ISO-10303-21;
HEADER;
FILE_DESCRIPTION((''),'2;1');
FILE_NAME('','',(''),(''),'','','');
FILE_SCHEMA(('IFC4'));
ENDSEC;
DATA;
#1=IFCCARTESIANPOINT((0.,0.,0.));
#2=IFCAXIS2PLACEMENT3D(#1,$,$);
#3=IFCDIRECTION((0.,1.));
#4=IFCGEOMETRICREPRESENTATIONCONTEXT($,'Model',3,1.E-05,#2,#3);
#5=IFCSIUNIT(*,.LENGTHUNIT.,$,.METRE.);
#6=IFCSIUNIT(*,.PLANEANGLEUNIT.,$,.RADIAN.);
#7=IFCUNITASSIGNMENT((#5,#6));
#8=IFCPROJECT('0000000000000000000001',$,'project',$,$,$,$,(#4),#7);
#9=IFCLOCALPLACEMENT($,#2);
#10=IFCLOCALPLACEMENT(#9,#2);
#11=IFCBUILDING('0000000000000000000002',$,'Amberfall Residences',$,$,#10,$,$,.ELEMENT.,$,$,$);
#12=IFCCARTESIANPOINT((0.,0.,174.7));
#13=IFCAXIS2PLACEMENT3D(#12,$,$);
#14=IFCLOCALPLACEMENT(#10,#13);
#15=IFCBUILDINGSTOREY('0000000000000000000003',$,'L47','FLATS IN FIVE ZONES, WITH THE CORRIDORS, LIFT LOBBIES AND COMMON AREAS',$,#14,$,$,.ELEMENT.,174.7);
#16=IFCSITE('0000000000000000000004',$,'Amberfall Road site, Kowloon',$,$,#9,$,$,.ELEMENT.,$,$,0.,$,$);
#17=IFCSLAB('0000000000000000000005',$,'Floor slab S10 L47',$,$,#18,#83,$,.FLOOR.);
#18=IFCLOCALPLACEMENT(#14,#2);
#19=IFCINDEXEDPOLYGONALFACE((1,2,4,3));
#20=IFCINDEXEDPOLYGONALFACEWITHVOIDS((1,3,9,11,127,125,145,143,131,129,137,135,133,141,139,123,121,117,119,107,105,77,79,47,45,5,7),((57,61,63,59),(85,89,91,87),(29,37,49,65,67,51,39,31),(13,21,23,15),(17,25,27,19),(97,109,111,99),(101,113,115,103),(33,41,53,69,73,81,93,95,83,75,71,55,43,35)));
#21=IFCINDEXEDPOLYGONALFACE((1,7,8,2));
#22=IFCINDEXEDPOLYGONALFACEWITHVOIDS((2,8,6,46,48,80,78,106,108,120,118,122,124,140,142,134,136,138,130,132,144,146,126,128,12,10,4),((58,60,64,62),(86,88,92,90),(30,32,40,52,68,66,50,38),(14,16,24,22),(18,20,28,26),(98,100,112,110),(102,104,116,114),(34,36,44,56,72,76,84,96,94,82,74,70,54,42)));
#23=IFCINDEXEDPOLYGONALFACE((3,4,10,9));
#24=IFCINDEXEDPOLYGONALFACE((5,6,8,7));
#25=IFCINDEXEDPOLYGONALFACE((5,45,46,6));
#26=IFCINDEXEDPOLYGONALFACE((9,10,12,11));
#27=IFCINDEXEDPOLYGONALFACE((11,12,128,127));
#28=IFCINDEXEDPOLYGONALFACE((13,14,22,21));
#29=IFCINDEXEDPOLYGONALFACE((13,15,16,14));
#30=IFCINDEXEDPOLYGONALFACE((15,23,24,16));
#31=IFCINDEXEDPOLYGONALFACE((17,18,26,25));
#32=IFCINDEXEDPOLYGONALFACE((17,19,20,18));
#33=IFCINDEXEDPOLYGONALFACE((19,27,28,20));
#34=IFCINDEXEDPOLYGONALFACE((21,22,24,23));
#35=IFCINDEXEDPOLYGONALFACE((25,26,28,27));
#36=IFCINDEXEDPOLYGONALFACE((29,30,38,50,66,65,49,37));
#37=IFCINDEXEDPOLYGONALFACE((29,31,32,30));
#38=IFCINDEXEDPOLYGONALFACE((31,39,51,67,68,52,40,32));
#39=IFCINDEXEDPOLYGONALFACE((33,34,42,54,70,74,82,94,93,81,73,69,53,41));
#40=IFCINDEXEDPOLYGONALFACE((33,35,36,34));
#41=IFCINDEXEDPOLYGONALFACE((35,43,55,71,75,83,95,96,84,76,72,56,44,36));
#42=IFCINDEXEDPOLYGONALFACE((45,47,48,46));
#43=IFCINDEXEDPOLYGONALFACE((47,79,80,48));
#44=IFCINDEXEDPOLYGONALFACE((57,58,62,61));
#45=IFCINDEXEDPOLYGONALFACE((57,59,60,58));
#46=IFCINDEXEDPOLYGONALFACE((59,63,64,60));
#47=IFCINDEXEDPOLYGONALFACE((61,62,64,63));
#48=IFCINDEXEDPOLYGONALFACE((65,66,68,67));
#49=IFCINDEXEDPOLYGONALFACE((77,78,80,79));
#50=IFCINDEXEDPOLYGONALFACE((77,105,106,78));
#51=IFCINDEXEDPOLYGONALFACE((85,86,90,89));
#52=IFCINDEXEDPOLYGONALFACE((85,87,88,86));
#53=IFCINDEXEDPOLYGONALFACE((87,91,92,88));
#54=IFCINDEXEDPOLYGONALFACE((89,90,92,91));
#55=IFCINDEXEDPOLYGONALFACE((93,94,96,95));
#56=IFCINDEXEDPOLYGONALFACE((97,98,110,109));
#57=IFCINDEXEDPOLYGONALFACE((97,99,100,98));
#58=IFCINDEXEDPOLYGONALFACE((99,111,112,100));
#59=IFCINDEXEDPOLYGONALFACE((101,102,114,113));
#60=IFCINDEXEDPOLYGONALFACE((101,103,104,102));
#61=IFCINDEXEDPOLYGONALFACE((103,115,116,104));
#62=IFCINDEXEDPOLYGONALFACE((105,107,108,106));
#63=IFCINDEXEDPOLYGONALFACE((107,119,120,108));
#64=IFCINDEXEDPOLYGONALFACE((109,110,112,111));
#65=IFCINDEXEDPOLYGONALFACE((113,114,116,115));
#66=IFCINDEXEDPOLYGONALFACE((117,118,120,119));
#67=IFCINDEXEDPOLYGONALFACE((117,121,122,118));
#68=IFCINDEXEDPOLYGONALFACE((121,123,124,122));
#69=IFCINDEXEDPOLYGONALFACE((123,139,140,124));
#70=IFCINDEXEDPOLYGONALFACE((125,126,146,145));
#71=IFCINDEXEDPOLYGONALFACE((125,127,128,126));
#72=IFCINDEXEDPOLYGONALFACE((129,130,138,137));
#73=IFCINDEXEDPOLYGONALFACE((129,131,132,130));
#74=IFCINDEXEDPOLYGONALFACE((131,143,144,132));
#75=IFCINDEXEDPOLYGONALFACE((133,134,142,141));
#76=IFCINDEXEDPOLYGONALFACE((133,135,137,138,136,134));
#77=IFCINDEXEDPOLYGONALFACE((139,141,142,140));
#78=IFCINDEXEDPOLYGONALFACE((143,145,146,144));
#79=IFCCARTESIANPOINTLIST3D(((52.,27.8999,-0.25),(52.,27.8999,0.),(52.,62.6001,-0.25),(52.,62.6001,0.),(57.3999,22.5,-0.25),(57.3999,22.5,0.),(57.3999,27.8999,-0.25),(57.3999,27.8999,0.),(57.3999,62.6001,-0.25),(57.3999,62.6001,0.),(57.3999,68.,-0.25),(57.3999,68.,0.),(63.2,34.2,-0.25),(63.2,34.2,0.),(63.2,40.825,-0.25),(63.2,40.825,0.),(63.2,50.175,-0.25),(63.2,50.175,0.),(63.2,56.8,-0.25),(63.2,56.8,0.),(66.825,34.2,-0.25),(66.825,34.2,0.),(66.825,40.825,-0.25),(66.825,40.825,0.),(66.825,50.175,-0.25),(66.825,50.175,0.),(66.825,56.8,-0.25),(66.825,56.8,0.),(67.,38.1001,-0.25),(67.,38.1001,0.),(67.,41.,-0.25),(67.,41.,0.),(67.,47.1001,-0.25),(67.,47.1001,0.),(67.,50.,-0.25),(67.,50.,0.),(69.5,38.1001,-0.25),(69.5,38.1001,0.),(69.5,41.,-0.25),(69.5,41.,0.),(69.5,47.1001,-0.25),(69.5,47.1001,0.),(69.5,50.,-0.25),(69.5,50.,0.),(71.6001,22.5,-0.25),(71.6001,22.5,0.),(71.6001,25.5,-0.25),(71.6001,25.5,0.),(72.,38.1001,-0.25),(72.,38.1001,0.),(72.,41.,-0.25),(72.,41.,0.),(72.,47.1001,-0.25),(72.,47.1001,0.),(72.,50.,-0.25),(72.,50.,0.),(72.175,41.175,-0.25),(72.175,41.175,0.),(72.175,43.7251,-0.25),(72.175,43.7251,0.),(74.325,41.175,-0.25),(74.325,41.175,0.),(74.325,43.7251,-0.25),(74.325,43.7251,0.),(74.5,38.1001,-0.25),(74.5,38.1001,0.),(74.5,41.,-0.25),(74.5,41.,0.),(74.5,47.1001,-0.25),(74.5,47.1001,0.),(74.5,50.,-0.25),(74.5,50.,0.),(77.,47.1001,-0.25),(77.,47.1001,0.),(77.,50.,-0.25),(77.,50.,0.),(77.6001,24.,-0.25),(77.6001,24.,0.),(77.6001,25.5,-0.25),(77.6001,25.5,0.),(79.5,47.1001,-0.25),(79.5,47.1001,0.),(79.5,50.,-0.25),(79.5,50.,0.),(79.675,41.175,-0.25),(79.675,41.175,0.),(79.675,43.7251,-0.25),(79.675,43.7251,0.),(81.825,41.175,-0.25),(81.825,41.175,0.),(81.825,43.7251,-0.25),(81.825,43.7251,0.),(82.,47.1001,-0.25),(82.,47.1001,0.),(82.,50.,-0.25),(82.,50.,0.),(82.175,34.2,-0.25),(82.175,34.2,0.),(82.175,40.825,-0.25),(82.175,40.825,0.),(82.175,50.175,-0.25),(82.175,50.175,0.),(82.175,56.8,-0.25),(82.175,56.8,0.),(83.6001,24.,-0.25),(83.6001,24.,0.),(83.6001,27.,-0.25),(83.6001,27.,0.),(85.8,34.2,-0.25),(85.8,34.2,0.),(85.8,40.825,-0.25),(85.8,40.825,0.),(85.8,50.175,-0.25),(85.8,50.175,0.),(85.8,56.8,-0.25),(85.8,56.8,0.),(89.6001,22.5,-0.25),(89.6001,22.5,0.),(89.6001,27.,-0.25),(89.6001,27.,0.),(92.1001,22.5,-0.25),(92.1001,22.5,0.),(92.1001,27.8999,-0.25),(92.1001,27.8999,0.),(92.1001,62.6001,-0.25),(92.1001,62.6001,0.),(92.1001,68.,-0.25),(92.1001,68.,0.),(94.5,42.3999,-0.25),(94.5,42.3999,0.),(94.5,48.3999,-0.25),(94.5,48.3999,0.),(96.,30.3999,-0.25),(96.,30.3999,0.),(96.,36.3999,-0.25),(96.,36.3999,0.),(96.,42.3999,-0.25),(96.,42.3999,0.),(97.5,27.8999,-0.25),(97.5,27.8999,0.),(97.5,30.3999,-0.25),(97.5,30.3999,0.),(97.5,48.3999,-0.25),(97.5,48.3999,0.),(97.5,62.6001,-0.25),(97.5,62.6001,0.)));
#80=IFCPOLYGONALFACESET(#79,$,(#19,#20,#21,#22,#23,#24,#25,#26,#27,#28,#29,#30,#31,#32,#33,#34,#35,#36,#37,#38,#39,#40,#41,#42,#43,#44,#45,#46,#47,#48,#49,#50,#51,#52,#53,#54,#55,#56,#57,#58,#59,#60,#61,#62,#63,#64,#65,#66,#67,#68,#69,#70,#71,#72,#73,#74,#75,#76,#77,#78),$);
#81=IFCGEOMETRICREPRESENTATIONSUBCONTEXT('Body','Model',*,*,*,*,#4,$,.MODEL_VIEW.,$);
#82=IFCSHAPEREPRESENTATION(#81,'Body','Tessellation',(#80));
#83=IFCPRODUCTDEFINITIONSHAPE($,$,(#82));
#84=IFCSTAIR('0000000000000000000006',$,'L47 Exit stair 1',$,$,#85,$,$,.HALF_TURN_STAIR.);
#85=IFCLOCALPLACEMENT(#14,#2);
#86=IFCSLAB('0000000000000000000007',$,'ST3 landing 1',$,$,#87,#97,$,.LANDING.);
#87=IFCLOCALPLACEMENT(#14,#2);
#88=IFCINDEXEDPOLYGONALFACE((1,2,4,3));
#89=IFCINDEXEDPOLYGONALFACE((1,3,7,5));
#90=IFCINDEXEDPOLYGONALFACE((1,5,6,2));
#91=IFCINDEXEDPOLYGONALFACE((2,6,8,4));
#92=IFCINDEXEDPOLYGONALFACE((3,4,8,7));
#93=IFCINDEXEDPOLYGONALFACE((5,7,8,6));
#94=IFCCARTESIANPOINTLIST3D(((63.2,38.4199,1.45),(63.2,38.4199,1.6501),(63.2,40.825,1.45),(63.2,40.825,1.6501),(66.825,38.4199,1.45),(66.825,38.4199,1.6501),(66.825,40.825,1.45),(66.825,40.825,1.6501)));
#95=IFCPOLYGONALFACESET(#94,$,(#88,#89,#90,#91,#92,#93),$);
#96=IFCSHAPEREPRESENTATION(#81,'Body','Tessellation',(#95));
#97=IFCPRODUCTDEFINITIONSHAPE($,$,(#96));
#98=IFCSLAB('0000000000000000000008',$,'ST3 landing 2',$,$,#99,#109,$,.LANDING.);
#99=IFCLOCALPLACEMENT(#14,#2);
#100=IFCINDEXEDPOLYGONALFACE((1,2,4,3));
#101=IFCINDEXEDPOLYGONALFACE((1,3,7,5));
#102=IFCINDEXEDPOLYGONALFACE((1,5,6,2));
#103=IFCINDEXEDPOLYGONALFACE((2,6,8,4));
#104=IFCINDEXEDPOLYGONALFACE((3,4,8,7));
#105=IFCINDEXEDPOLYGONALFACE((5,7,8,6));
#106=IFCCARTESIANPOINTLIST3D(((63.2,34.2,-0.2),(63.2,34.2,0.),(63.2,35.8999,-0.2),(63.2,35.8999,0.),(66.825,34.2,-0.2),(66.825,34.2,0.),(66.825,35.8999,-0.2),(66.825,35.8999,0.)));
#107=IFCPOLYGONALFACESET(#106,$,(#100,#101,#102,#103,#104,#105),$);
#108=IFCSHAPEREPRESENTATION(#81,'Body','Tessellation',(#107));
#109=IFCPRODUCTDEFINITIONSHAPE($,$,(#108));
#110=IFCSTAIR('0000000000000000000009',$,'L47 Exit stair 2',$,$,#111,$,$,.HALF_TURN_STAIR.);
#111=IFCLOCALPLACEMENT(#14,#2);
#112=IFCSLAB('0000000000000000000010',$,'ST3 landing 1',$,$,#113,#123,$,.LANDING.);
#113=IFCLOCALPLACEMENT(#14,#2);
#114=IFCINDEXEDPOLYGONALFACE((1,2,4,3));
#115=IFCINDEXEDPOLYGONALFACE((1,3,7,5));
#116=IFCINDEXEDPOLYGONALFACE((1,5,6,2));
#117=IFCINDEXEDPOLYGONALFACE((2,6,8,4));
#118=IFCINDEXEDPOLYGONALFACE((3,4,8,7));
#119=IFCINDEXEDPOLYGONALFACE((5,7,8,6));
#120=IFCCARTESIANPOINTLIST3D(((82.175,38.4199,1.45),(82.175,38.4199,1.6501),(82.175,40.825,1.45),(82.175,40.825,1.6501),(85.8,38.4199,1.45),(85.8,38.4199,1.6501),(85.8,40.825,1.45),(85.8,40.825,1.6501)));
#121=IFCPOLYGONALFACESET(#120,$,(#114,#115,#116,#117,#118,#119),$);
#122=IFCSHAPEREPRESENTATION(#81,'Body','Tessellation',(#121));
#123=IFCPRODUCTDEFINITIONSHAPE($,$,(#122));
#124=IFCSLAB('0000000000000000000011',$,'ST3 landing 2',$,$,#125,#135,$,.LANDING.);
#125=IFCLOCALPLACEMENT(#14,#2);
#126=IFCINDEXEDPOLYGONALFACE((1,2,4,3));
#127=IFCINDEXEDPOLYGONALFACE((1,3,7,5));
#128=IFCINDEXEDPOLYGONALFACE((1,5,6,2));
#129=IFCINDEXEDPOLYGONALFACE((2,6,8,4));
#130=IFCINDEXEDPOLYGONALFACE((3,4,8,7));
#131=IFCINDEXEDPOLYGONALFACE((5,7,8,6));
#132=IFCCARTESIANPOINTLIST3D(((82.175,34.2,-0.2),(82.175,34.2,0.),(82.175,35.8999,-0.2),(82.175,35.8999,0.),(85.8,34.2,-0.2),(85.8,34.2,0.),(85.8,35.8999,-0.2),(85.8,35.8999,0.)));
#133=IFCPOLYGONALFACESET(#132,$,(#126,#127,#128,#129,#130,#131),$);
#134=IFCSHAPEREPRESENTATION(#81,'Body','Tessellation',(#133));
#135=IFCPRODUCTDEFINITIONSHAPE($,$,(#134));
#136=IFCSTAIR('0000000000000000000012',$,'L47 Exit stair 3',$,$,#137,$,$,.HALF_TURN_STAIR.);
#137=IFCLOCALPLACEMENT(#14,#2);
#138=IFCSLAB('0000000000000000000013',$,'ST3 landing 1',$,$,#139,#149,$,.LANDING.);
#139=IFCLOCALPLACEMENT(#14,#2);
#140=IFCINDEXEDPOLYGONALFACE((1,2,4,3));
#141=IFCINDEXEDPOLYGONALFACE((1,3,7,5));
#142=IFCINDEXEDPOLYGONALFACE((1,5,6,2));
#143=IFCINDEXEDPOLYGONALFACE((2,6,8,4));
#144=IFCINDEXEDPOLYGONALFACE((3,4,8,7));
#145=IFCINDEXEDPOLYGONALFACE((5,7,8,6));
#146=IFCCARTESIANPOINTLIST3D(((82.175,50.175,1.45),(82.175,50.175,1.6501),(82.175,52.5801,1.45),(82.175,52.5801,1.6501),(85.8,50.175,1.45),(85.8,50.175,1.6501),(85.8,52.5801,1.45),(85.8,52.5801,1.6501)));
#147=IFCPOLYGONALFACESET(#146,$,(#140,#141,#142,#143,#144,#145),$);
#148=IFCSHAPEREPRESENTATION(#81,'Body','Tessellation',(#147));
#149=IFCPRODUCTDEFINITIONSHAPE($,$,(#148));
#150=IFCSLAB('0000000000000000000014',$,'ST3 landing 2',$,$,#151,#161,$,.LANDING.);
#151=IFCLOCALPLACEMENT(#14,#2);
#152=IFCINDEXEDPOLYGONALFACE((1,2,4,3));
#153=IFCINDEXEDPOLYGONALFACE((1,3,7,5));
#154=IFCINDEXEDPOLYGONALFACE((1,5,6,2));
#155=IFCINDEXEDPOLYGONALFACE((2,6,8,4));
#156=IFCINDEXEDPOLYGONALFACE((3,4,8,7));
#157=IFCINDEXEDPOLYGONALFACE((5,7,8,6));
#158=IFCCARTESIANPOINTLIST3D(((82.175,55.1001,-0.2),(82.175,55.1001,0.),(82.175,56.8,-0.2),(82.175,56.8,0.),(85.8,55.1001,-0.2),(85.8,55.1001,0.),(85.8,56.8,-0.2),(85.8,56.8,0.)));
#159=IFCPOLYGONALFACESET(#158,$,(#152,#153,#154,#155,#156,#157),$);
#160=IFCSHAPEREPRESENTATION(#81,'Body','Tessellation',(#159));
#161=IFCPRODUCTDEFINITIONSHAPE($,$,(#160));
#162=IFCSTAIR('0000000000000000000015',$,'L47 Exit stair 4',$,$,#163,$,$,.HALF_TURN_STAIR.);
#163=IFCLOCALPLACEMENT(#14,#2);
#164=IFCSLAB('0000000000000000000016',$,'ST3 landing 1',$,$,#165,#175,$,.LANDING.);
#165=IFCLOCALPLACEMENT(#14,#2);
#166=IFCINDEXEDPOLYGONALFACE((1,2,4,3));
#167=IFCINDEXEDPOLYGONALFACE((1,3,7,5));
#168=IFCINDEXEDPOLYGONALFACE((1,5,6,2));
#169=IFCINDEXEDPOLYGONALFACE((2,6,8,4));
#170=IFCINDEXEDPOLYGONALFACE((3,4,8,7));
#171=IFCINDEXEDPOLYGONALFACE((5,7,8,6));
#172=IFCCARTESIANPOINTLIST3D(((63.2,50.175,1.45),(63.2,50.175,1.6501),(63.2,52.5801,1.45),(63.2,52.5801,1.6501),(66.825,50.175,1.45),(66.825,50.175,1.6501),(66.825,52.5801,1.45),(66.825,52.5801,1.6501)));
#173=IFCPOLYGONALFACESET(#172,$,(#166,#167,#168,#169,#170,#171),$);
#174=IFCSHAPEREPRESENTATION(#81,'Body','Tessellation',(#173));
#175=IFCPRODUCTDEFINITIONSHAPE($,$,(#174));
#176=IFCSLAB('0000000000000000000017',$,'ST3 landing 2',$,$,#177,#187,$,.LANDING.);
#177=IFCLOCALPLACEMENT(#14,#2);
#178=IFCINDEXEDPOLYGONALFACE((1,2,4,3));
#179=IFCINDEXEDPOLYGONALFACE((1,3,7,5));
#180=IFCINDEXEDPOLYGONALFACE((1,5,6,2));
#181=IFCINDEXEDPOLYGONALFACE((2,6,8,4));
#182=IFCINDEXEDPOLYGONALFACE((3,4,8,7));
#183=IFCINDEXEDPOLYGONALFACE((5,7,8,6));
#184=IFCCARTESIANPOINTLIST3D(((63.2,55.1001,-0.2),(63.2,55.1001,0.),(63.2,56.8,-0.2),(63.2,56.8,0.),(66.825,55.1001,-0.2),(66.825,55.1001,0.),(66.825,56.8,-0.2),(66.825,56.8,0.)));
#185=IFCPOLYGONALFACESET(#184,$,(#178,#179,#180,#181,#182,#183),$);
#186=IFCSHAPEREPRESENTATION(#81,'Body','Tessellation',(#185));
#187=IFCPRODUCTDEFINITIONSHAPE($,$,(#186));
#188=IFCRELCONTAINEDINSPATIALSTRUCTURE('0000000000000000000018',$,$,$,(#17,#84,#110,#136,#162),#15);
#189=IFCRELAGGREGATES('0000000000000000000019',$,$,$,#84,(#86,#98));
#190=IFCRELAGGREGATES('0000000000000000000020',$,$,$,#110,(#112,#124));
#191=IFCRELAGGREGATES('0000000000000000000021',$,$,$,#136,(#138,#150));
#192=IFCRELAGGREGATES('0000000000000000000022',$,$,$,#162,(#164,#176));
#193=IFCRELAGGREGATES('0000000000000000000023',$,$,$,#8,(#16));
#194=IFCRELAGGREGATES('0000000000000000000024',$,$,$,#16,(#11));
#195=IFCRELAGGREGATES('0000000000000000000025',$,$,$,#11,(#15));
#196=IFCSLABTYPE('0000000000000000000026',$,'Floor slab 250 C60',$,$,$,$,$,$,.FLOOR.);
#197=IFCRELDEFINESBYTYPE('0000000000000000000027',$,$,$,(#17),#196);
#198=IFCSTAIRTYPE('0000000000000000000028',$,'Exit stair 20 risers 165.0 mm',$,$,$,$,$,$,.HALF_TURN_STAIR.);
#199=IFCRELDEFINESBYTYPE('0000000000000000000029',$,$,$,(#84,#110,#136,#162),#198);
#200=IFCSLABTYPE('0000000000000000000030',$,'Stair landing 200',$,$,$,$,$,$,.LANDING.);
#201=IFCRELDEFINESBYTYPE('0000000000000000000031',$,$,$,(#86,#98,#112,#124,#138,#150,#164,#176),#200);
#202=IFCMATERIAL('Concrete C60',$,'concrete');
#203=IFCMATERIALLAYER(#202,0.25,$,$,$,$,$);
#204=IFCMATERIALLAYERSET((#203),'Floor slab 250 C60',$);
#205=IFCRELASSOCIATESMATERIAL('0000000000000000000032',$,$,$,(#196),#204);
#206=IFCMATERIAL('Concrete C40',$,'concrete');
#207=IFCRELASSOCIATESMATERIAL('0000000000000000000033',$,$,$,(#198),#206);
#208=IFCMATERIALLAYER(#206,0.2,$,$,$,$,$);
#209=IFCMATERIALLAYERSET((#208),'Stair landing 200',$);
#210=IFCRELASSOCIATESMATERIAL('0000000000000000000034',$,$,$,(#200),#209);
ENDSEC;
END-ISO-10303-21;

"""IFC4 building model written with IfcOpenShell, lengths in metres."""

from ifc_helpers import new_model, si_unit, direction, frame, origin, place, context, subcontext, project, spatial, polyline, outline, extrude, material, layer, layer_set, type_object, element, aggregate, save


model = new_model("IFC4")

# Units and contexts
model_context = context("Model", 3, precision=1e-05, world=origin(), true_north=direction((0.0, 1.0)))
body_context = subcontext(model_context, "Body", "Model", "MODEL_VIEW")
ifc_project = project(units=[si_unit("LENGTHUNIT", "METRE"), si_unit("PLANEANGLEUNIT", "RADIAN")], contexts=[model_context])

# Site, building, storey
site_placement = place(None, origin())
site = spatial("IfcSite", under=ifc_project, at=site_placement, Name="Amberfall Road site, Kowloon", CompositionType="ELEMENT", RefElevation=0.0)
building_placement = place(site_placement, origin())
building = spatial("IfcBuilding", under=site, at=building_placement, Name="Amberfall Residences", CompositionType="ELEMENT")
storey_placement = place(building_placement, frame((0.0, 0.0, 174.7)))
storey = spatial("IfcBuildingStorey", under=building, at=storey_placement, Name="L47", Description="FLATS IN FIVE ZONES, WITH THE CORRIDORS, LIFT LOBBIES AND COMMON AREAS", CompositionType="ELEMENT", Elevation=174.7)

# Slab
ifc_material_1 = material(Name="Concrete C60", Category="concrete")
ifc_layer_1 = layer(ifc_material_1, 0.25)
ifc_layer_set_1 = layer_set([ifc_layer_1], Name="Floor slab 250 C60")
slab_type_1 = type_object("IfcSlabType", Name="Floor slab 250 C60", PredefinedType="FLOOR", material=ifc_layer_set_1)
slab_1_placement = place(storey_placement, frame((0.0, 0.0, -0.25)))
element("IfcSlab", 1, at=slab_1_placement, inside=storey, type_object=slab_type_1, Name="Floor slab S10 L47", PredefinedType="FLOOR", context=body_context, shape_type="SweptSolid", body=[
    extrude(outline(polyline([(89.6001, 22.5), (89.6001, 27.0), (83.6001, 27.0), (83.6001, 24.0), (77.6001, 24.0), (77.6001, 25.5), (71.6001, 25.5), (71.6001, 22.5), (57.3999, 22.5), (57.3999, 27.8999), (52.0, 27.8999), (52.0, 62.6001), (57.3999, 62.6001), (57.3999, 68.0), (92.1001, 68.0), (92.1001, 62.6001), (97.5, 62.6001), (97.5, 48.3999), (94.5, 48.3999), (94.5, 42.3999), (96.0, 42.3999), (96.0, 36.3999), (96.0, 30.3999), (97.5, 30.3999), (97.5, 27.8999), (92.1001, 27.8999), (92.1001, 22.5), (89.6001, 22.5)]), holes=[polyline([(85.8, 34.2), (85.8, 40.825), (82.175, 40.825), (82.175, 34.2), (85.8, 34.2)]), polyline([(85.8, 50.175), (85.8, 56.8), (82.175, 56.8), (82.175, 50.175), (85.8, 50.175)]), polyline([(72.0, 50.0), (69.5, 50.0), (67.0, 50.0), (67.0, 47.1001), (69.5, 47.1001), (72.0, 47.1001), (74.5, 47.1001), (77.0, 47.1001), (79.5, 47.1001), (82.0, 47.1001), (82.0, 50.0), (79.5, 50.0), (77.0, 50.0), (74.5, 50.0), (72.0, 50.0)]), polyline([(81.825, 41.175), (81.825, 43.7251), (79.675, 43.7251), (79.675, 41.175), (81.825, 41.175)]), polyline([(69.5, 41.0), (67.0, 41.0), (67.0, 38.1001), (69.5, 38.1001), (72.0, 38.1001), (74.5, 38.1001), (74.5, 41.0), (72.0, 41.0), (69.5, 41.0)]), polyline([(74.325, 41.175), (74.325, 43.7251), (72.175, 43.7251), (72.175, 41.175), (74.325, 41.175)]), polyline([(66.825, 50.175), (66.825, 56.8), (63.2, 56.8), (63.2, 50.175), (66.825, 50.175)]), polyline([(66.825, 40.825), (63.2, 40.825), (63.2, 34.2), (66.825, 34.2), (66.825, 40.825)])]), origin(), (0.0, 0.0, 1.0), 0.25),
])

# Stairs, slabs
ifc_material_2 = material(Name="Concrete C40", Category="concrete")
stair_type = type_object("IfcStairType", Name="Exit stair 20 risers 165.0 mm", PredefinedType="HALF_TURN_STAIR", material=ifc_material_2)
stair_1_placement = place(storey_placement, origin())
stair_1 = element("IfcStair", 2, at=stair_1_placement, inside=storey, type_object=stair_type, Name="L47 Exit stair 1", PredefinedType="HALF_TURN_STAIR")
ifc_layer_2 = layer(ifc_material_2, 0.2)
ifc_layer_set_2 = layer_set([ifc_layer_2], Name="Stair landing 200")
slab_type_2 = type_object("IfcSlabType", Name="Stair landing 200", PredefinedType="LANDING", material=ifc_layer_set_2)
slab_2_placement = place(storey_placement, frame((0.0, 0.0, 1.45)))
slab_2 = element("IfcSlab", 3, at=slab_2_placement, type_object=slab_type_2, Name="ST3 landing 1", PredefinedType="LANDING", context=body_context, shape_type="SweptSolid", body=[
    extrude(outline(polyline([(66.825, 38.4199), (66.825, 40.825), (63.2, 40.825), (63.2, 38.4199), (66.825, 38.4199)])), origin(), (0.0, 0.0, 1.0), 0.2002),
])
slab_3_placement = place(storey_placement, frame((0.0, 0.0, -0.2)))
slab_3 = element("IfcSlab", 4, at=slab_3_placement, type_object=slab_type_2, Name="ST3 landing 2", PredefinedType="LANDING", context=body_context, shape_type="SweptSolid", body=[
    extrude(outline(polyline([(66.825, 34.2), (66.825, 35.8999), (63.2, 35.8999), (63.2, 34.2), (66.825, 34.2)])), origin(), (0.0, 0.0, 1.0), 0.2),
])
aggregate(stair_1, [slab_2, slab_3])
stair_2_placement = place(storey_placement, origin())
stair_2 = element("IfcStair", 5, at=stair_2_placement, inside=storey, type_object=stair_type, Name="L47 Exit stair 2", PredefinedType="HALF_TURN_STAIR")
slab_4_placement = place(storey_placement, frame((0.0, 0.0, 1.45)))
slab_4 = element("IfcSlab", 6, at=slab_4_placement, type_object=slab_type_2, Name="ST3 landing 1", PredefinedType="LANDING", context=body_context, shape_type="SweptSolid", body=[
    extrude(outline(polyline([(85.8, 38.4199), (85.8, 40.825), (82.175, 40.825), (82.175, 38.4199), (85.8, 38.4199)])), origin(), (0.0, 0.0, 1.0), 0.2002),
])
slab_5_placement = place(storey_placement, frame((0.0, 0.0, -0.2)))
slab_5 = element("IfcSlab", 7, at=slab_5_placement, type_object=slab_type_2, Name="ST3 landing 2", PredefinedType="LANDING", context=body_context, shape_type="SweptSolid", body=[
    extrude(outline(polyline([(85.8, 34.2), (85.8, 35.8999), (82.175, 35.8999), (82.175, 34.2), (85.8, 34.2)])), origin(), (0.0, 0.0, 1.0), 0.2),
])
aggregate(stair_2, [slab_4, slab_5])
stair_3_placement = place(storey_placement, origin())
stair_3 = element("IfcStair", 8, at=stair_3_placement, inside=storey, type_object=stair_type, Name="L47 Exit stair 3", PredefinedType="HALF_TURN_STAIR")
slab_6_placement = place(storey_placement, frame((0.0, 0.0, 1.45)))
slab_6 = element("IfcSlab", 9, at=slab_6_placement, type_object=slab_type_2, Name="ST3 landing 1", PredefinedType="LANDING", context=body_context, shape_type="SweptSolid", body=[
    extrude(outline(polyline([(82.175, 52.5801), (82.175, 50.175), (85.8, 50.175), (85.8, 52.5801), (82.175, 52.5801)])), origin(), (0.0, 0.0, 1.0), 0.2002),
])
slab_7_placement = place(storey_placement, frame((0.0, 0.0, -0.2)))
slab_7 = element("IfcSlab", 10, at=slab_7_placement, type_object=slab_type_2, Name="ST3 landing 2", PredefinedType="LANDING", context=body_context, shape_type="SweptSolid", body=[
    extrude(outline(polyline([(82.175, 56.8), (82.175, 55.1001), (85.8, 55.1001), (85.8, 56.8), (82.175, 56.8)])), origin(), (0.0, 0.0, 1.0), 0.2),
])
aggregate(stair_3, [slab_6, slab_7])
stair_4_placement = place(storey_placement, origin())
stair_4 = element("IfcStair", 11, at=stair_4_placement, inside=storey, type_object=stair_type, Name="L47 Exit stair 4", PredefinedType="HALF_TURN_STAIR")
slab_8_placement = place(storey_placement, frame((0.0, 0.0, 1.45)))
slab_8 = element("IfcSlab", 12, at=slab_8_placement, type_object=slab_type_2, Name="ST3 landing 1", PredefinedType="LANDING", context=body_context, shape_type="SweptSolid", body=[
    extrude(outline(polyline([(63.2, 52.5801), (63.2, 50.175), (66.825, 50.175), (66.825, 52.5801), (63.2, 52.5801)])), origin(), (0.0, 0.0, 1.0), 0.2002),
])
slab_9_placement = place(storey_placement, frame((0.0, 0.0, -0.2)))
slab_9 = element("IfcSlab", 13, at=slab_9_placement, type_object=slab_type_2, Name="ST3 landing 2", PredefinedType="LANDING", context=body_context, shape_type="SweptSolid", body=[
    extrude(outline(polyline([(63.2, 56.8), (63.2, 55.1001), (66.825, 55.1001), (66.825, 56.8), (63.2, 56.8)])), origin(), (0.0, 0.0, 1.0), 0.2),
])
aggregate(stair_4, [slab_8, slab_9])

save(model, "model.ifc")
